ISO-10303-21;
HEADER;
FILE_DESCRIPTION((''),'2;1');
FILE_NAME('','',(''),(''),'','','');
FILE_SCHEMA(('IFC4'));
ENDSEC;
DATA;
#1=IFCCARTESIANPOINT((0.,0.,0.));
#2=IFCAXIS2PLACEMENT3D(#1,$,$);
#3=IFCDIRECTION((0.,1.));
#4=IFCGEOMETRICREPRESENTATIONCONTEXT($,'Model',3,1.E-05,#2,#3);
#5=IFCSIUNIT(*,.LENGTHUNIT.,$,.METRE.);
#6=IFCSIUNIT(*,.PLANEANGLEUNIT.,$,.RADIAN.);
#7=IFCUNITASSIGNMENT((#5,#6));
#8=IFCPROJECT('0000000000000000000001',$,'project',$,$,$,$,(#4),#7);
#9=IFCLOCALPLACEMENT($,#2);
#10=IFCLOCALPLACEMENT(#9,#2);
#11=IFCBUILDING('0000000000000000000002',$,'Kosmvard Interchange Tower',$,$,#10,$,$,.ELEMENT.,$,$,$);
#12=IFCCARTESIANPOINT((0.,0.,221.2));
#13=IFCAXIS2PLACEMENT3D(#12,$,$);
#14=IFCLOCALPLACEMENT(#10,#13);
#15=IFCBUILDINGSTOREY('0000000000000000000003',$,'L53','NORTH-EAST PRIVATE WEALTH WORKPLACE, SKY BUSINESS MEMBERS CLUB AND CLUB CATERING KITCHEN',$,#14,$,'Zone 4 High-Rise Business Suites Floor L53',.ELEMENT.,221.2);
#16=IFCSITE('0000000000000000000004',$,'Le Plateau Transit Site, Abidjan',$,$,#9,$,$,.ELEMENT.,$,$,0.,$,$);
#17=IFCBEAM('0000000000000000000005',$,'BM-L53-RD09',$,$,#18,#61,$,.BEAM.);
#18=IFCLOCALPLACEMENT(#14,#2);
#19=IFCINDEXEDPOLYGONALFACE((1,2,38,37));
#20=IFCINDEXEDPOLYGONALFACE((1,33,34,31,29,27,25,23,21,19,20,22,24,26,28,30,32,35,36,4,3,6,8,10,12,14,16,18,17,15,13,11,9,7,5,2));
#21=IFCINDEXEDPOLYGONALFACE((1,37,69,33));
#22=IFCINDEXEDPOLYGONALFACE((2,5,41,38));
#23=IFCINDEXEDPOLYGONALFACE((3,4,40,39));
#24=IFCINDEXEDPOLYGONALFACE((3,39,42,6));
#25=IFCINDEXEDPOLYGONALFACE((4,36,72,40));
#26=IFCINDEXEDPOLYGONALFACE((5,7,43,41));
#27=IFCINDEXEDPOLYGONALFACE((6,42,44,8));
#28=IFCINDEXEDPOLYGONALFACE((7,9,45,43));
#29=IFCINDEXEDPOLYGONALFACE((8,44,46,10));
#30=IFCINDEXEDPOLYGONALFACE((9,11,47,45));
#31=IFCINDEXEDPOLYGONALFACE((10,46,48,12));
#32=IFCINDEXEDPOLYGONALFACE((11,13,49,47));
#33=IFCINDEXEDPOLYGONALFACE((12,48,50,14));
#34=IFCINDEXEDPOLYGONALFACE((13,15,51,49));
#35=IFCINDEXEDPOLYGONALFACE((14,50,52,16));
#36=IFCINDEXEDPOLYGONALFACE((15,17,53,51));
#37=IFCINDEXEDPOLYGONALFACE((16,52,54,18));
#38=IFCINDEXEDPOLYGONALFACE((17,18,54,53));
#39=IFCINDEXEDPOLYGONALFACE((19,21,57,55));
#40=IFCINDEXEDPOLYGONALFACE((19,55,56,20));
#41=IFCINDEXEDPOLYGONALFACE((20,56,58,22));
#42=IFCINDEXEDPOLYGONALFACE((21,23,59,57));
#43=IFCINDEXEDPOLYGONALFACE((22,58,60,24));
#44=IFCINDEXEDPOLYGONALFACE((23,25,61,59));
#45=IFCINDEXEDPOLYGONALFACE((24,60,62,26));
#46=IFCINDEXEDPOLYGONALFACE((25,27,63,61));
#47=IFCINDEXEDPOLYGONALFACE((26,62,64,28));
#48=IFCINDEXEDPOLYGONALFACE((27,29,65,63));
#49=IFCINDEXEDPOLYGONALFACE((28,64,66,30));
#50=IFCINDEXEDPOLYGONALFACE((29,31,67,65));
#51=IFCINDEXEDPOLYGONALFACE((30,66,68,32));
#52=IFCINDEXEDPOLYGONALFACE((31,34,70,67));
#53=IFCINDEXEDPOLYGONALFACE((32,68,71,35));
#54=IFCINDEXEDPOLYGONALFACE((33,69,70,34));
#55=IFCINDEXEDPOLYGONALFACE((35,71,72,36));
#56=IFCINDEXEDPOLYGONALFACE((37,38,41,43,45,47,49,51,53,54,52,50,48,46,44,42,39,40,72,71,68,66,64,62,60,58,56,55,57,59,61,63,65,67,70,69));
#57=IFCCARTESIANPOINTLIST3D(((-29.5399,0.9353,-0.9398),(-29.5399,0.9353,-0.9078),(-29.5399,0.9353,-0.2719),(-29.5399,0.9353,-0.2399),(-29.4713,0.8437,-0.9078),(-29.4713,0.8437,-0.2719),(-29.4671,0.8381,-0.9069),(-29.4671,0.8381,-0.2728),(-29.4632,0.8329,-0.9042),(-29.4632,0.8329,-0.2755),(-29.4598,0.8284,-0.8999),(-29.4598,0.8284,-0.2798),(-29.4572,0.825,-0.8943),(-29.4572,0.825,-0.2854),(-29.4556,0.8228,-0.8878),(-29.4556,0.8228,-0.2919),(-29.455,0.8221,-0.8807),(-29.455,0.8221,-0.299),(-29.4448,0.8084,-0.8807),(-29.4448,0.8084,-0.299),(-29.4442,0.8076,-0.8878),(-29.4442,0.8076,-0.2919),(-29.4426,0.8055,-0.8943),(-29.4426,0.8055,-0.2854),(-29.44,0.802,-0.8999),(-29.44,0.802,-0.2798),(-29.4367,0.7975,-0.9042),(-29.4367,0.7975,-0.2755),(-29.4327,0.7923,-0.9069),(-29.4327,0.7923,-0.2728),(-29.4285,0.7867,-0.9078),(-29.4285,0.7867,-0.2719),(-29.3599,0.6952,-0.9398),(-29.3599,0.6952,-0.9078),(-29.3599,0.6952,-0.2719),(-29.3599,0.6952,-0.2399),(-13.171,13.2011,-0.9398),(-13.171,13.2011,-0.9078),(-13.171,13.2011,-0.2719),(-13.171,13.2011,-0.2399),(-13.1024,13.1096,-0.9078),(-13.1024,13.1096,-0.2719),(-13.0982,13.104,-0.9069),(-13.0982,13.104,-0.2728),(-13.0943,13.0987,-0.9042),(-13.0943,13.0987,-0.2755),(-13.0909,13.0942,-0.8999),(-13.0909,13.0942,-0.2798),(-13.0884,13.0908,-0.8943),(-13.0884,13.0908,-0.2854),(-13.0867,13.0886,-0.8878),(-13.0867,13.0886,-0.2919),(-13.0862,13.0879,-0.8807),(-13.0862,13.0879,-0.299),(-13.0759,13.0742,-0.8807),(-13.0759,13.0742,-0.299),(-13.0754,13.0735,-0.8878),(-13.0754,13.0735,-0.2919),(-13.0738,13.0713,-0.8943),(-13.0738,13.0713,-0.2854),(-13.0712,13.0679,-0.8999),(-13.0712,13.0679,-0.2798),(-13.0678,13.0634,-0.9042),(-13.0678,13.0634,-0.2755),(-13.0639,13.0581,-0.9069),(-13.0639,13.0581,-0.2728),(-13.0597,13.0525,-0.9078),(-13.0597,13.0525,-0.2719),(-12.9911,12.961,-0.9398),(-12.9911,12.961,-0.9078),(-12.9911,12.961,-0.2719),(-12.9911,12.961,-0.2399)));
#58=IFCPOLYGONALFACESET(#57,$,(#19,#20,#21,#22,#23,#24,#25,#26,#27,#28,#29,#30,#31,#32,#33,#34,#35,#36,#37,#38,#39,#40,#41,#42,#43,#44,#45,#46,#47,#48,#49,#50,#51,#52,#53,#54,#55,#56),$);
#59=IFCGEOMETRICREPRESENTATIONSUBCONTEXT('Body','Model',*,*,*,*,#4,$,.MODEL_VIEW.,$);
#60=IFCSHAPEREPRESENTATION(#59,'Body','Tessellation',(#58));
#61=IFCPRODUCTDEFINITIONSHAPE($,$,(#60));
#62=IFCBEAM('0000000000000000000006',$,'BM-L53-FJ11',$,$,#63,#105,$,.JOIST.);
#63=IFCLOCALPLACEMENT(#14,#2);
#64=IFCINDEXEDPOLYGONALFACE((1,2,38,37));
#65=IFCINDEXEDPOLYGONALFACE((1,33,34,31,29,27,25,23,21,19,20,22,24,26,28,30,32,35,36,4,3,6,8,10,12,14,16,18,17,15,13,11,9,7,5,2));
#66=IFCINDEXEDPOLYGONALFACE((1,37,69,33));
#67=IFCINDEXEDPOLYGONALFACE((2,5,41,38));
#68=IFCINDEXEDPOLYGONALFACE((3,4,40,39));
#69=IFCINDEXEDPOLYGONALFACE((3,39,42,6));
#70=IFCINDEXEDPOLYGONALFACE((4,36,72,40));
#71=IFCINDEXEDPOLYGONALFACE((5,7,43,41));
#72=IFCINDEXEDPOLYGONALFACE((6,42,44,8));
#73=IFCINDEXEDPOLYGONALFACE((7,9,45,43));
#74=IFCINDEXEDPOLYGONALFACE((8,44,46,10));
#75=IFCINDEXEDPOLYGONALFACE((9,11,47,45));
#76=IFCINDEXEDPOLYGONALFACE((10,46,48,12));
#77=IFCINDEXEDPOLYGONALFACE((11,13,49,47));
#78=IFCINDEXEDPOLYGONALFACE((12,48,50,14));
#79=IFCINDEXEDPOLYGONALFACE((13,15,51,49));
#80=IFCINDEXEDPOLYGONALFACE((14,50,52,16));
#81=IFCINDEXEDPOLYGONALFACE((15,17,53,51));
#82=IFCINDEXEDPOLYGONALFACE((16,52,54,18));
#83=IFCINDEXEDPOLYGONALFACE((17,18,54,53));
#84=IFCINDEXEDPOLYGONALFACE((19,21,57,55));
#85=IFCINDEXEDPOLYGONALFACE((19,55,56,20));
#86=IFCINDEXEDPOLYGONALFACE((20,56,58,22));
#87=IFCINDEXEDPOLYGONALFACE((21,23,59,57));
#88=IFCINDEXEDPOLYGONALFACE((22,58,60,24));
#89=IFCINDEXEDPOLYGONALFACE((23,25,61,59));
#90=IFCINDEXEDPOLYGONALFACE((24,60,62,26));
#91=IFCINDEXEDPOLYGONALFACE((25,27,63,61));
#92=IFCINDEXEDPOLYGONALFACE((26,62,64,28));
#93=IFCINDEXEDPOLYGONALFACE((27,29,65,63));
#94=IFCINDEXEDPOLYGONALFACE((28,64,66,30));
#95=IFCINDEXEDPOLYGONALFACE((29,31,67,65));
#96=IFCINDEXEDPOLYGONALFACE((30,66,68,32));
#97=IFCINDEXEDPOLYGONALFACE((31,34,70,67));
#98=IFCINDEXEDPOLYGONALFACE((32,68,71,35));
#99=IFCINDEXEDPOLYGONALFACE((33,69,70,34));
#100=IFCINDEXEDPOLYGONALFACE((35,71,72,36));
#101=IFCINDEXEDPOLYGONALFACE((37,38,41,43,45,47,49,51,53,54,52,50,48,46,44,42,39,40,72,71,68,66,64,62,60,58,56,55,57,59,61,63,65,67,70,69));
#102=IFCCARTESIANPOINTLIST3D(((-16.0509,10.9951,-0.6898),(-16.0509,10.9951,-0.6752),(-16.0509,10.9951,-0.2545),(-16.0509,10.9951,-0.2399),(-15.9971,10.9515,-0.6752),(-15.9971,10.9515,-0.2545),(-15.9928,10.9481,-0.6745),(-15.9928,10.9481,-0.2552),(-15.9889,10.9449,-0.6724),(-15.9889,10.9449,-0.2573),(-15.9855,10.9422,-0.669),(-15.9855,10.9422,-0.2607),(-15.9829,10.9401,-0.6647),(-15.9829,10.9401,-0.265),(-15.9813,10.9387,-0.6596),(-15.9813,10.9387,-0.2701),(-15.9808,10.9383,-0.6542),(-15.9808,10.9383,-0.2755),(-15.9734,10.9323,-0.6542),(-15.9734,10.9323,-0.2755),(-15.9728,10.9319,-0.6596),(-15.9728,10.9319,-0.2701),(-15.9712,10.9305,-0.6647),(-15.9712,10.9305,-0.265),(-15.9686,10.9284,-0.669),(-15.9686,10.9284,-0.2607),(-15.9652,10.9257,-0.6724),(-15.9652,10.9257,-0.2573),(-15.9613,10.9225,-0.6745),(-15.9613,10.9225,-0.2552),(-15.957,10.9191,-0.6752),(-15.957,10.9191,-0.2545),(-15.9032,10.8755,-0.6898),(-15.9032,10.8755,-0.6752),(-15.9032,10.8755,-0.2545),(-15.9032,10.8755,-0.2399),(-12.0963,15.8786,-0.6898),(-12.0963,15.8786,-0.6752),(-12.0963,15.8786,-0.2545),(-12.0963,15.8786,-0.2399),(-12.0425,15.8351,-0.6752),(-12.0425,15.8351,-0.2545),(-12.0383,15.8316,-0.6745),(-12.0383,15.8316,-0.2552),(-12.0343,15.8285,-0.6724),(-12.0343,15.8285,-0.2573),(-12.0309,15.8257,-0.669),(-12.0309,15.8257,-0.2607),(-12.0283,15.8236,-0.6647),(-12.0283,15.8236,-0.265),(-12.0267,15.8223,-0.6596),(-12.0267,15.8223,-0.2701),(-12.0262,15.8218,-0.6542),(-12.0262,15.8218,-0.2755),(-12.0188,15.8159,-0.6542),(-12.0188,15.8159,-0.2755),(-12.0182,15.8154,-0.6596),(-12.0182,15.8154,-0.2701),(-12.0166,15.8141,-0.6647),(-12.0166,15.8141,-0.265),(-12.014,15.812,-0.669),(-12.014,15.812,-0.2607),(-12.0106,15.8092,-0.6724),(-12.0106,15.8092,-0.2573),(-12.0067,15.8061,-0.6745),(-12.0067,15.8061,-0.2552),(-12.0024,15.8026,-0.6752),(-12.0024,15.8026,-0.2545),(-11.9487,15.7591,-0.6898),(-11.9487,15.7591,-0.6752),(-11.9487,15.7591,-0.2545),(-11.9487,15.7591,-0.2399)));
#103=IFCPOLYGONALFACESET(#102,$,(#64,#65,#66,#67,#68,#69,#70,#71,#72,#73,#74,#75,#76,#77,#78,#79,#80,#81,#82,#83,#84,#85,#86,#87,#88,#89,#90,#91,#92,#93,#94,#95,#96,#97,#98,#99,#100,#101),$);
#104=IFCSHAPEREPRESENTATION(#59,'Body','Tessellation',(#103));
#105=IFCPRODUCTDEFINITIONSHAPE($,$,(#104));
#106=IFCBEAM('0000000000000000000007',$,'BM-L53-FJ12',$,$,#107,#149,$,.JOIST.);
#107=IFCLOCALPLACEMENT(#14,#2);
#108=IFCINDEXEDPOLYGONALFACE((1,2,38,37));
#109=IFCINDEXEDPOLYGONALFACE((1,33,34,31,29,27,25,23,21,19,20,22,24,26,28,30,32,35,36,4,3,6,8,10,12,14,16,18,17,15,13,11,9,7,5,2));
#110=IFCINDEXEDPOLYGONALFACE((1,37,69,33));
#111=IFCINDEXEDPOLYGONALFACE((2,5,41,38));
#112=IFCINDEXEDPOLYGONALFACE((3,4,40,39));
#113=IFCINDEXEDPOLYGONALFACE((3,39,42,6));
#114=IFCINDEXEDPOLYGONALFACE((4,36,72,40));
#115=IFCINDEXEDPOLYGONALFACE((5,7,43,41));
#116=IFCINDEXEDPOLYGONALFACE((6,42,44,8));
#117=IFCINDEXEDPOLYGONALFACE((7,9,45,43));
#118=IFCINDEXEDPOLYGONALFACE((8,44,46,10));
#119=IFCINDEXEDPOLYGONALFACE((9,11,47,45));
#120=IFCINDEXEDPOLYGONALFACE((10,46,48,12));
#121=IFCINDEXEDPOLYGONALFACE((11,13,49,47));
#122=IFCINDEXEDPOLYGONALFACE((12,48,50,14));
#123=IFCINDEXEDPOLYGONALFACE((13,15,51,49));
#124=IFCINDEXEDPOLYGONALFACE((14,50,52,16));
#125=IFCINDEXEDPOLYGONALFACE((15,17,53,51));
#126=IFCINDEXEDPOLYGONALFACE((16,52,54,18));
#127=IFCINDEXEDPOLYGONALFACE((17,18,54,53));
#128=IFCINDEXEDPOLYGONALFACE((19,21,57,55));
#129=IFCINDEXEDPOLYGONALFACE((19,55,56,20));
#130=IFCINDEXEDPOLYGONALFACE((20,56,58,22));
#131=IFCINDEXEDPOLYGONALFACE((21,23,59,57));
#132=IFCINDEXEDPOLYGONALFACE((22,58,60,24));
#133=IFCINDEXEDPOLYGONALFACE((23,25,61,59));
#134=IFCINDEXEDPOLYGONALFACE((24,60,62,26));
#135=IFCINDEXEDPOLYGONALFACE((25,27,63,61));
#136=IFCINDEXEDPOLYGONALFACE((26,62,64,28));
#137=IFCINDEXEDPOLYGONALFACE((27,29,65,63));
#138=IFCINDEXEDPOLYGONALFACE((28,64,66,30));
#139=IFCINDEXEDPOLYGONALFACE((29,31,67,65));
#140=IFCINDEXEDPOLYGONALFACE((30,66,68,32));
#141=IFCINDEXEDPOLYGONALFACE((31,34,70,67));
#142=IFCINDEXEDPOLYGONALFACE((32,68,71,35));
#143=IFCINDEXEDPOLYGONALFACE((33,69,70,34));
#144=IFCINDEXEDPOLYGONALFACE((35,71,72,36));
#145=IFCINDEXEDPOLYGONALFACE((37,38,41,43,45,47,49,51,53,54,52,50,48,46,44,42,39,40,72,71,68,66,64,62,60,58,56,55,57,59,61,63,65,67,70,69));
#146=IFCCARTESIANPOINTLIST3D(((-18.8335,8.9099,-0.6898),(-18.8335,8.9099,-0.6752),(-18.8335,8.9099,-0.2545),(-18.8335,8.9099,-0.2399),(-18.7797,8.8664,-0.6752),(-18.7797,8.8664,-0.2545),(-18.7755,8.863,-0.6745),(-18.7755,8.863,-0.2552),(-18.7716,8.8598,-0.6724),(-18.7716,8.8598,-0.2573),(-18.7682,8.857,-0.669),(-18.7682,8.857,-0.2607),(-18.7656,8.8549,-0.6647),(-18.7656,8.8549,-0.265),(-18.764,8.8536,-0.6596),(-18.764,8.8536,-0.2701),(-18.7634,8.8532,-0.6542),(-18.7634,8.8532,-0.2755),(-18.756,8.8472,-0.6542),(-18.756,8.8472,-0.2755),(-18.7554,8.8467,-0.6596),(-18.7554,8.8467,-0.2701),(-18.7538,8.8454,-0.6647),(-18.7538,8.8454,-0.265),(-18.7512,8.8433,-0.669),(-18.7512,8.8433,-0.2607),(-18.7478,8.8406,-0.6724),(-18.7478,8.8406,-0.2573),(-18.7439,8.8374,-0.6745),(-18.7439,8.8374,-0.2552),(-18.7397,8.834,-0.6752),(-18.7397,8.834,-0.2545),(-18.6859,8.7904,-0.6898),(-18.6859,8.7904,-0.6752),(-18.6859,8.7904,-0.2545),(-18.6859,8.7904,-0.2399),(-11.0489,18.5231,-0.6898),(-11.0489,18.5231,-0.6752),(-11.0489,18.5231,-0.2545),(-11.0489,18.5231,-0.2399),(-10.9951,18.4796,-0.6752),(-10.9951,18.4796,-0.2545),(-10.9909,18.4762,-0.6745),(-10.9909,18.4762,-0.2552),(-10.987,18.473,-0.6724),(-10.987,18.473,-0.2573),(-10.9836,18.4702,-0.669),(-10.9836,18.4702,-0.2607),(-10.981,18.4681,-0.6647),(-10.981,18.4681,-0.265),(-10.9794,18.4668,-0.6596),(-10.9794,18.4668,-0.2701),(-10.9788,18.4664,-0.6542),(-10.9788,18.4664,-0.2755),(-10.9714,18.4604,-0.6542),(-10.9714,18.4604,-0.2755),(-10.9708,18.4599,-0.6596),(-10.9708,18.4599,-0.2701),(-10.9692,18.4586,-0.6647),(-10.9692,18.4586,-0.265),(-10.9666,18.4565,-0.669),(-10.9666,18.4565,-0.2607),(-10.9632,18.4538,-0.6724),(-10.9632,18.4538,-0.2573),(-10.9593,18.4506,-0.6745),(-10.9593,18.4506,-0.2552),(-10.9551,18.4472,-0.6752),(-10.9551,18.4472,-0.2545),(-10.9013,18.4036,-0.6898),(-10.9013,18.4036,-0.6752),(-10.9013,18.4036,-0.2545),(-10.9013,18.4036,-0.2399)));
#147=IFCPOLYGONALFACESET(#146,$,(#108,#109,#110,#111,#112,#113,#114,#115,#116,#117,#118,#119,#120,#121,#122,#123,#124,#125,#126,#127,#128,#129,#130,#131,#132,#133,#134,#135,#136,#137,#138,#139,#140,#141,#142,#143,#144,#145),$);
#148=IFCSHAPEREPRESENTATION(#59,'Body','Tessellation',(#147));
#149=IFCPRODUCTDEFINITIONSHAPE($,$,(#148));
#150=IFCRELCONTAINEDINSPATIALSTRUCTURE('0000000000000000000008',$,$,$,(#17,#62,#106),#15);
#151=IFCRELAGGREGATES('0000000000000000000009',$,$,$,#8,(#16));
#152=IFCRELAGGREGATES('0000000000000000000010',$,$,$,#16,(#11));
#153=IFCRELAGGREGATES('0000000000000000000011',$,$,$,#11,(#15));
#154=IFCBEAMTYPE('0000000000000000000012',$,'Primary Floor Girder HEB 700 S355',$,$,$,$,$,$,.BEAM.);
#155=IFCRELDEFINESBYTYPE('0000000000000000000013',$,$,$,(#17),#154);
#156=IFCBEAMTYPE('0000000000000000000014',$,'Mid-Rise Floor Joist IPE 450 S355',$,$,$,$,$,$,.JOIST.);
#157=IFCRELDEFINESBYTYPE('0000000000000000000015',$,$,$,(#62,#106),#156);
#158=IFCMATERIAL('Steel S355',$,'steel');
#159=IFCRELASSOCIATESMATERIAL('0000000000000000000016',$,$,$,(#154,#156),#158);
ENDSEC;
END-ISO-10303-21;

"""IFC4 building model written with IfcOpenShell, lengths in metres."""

from ifc_helpers import new_model, si_unit, direction, frame, origin, origin_2d, place, context, subcontext, project, spatial, i_section, extrude, source, transform, mapped, material, material_profile, profile_set, type_object, element, save


model = new_model("IFC4")

# Units and contexts
model_context = context("Model", 3, precision=1e-05, world=origin(), true_north=direction((0.0, 1.0)))
body_context = subcontext(model_context, "Body", "Model", "MODEL_VIEW")
ifc_project = project(units=[si_unit("LENGTHUNIT", "METRE"), si_unit("PLANEANGLEUNIT", "RADIAN")], contexts=[model_context])

# Site, building, storey
site_placement = place(None, origin())
site = spatial("IfcSite", under=ifc_project, at=site_placement, Name="Le Plateau Transit Site, Abidjan", CompositionType="ELEMENT", RefElevation=0.0)
building_placement = place(site_placement, origin())
building = spatial("IfcBuilding", under=site, at=building_placement, Name="Kosmvard Interchange Tower", CompositionType="ELEMENT")
storey_placement = place(building_placement, frame((0.0, 0.0, 221.2)))
storey = spatial("IfcBuildingStorey", under=building, at=storey_placement, Name="L53", Description="NORTH-EAST PRIVATE WEALTH WORKPLACE, SKY BUSINESS MEMBERS CLUB AND CLUB CATERING KITCHEN", LongName="Zone 4 High-Rise Business Suites Floor L53", CompositionType="ELEMENT", Elevation=221.2)

# Beams
ifc_material_1 = material(Name="Steel S355", Category="steel")
ifc_material_profile_1 = material_profile(ifc_material_1, i_section(OverallWidth=0.3, OverallDepth=0.7, WebThickness=0.0171, FlangeThickness=0.032, FilletRadius=0.0271, at=origin_2d()), Name="HEB 700")
ifc_profile_set_1 = profile_set([ifc_material_profile_1], Name="Steel S355")
beam_type_1 = type_object("IfcBeamType", Name="Primary Floor Girder HEB 700 S355", PredefinedType="BEAM", material=ifc_profile_set_1)
shared_shape_1 = source(origin(), body_context, "Body", "SweptSolid", [
    extrude(i_section(OverallWidth=0.3, OverallDepth=0.7, WebThickness=0.0171, FlangeThickness=0.032, FilletRadius=0.0271, at=origin_2d()), origin(), (0.0, 0.0, 1.0), 20.4546),
])
beam_1_placement = place(storey_placement, frame((-13.0811, 13.0811, -0.5898), z_axis=(-0.800253, -0.599662, 0.0), x_axis=(0.599662, -0.800253, 0.0)))
element("IfcBeam", 1, at=beam_1_placement, inside=storey, type_object=beam_type_1, Name="BM-L53-RD09", PredefinedType="BEAM", context=body_context, shape_type="MappedRepresentation", body=[
    mapped(shared_shape_1, transform((0.0, 0.0, 0.0), scale=1.0)),
])
ifc_material_profile_2 = material_profile(ifc_material_1, i_section(OverallWidth=0.1899, OverallDepth=0.45, WebThickness=0.0095, FlangeThickness=0.0146, FilletRadius=0.021, at=origin_2d()), Name="IPE 450")
ifc_profile_set_2 = profile_set([ifc_material_profile_2], Name="Steel S355")
beam_type_2 = type_object("IfcBeamType", Name="Mid-Rise Floor Joist IPE 450 S355", PredefinedType="JOIST", material=ifc_profile_set_2)
shared_shape_2 = source(origin(), body_context, "Body", "SweptSolid", [
    extrude(i_section(OverallWidth=0.1899, OverallDepth=0.45, WebThickness=0.0095, FlangeThickness=0.0146, FilletRadius=0.021, at=origin_2d()), origin(), (0.0, 0.0, 1.0), 6.2839),
])
beam_2_placement = place(storey_placement, frame((-12.0225, 15.8188, -0.4648), z_axis=(-0.629318, -0.777148, 0.0), x_axis=(0.777148, -0.629318, 0.0)))
element("IfcBeam", 2, at=beam_2_placement, inside=storey, type_object=beam_type_2, Name="BM-L53-FJ11", PredefinedType="JOIST", context=body_context, shape_type="MappedRepresentation", body=[
    mapped(shared_shape_2, transform((0.0, 0.0, 0.0), scale=1.0)),
])
shared_shape_3 = source(origin(), body_context, "Body", "SweptSolid", [
    extrude(i_section(OverallWidth=0.1899, OverallDepth=0.45, WebThickness=0.0095, FlangeThickness=0.0146, FilletRadius=0.021, at=origin_2d()), origin(), (0.0, 0.0, 1.0), 12.3699),
])
beam_3_placement = place(storey_placement, frame((-10.9751, 18.4634, -0.4648), z_axis=(-0.62932, -0.777147, 0.0), x_axis=(0.777147, -0.62932, 0.0)))
element("IfcBeam", 3, at=beam_3_placement, inside=storey, type_object=beam_type_2, Name="BM-L53-FJ12", PredefinedType="JOIST", context=body_context, shape_type="MappedRepresentation", body=[
    mapped(shared_shape_3, transform((0.0, 0.0, 0.0), scale=1.0)),
])

save(model, "model.ifc")
